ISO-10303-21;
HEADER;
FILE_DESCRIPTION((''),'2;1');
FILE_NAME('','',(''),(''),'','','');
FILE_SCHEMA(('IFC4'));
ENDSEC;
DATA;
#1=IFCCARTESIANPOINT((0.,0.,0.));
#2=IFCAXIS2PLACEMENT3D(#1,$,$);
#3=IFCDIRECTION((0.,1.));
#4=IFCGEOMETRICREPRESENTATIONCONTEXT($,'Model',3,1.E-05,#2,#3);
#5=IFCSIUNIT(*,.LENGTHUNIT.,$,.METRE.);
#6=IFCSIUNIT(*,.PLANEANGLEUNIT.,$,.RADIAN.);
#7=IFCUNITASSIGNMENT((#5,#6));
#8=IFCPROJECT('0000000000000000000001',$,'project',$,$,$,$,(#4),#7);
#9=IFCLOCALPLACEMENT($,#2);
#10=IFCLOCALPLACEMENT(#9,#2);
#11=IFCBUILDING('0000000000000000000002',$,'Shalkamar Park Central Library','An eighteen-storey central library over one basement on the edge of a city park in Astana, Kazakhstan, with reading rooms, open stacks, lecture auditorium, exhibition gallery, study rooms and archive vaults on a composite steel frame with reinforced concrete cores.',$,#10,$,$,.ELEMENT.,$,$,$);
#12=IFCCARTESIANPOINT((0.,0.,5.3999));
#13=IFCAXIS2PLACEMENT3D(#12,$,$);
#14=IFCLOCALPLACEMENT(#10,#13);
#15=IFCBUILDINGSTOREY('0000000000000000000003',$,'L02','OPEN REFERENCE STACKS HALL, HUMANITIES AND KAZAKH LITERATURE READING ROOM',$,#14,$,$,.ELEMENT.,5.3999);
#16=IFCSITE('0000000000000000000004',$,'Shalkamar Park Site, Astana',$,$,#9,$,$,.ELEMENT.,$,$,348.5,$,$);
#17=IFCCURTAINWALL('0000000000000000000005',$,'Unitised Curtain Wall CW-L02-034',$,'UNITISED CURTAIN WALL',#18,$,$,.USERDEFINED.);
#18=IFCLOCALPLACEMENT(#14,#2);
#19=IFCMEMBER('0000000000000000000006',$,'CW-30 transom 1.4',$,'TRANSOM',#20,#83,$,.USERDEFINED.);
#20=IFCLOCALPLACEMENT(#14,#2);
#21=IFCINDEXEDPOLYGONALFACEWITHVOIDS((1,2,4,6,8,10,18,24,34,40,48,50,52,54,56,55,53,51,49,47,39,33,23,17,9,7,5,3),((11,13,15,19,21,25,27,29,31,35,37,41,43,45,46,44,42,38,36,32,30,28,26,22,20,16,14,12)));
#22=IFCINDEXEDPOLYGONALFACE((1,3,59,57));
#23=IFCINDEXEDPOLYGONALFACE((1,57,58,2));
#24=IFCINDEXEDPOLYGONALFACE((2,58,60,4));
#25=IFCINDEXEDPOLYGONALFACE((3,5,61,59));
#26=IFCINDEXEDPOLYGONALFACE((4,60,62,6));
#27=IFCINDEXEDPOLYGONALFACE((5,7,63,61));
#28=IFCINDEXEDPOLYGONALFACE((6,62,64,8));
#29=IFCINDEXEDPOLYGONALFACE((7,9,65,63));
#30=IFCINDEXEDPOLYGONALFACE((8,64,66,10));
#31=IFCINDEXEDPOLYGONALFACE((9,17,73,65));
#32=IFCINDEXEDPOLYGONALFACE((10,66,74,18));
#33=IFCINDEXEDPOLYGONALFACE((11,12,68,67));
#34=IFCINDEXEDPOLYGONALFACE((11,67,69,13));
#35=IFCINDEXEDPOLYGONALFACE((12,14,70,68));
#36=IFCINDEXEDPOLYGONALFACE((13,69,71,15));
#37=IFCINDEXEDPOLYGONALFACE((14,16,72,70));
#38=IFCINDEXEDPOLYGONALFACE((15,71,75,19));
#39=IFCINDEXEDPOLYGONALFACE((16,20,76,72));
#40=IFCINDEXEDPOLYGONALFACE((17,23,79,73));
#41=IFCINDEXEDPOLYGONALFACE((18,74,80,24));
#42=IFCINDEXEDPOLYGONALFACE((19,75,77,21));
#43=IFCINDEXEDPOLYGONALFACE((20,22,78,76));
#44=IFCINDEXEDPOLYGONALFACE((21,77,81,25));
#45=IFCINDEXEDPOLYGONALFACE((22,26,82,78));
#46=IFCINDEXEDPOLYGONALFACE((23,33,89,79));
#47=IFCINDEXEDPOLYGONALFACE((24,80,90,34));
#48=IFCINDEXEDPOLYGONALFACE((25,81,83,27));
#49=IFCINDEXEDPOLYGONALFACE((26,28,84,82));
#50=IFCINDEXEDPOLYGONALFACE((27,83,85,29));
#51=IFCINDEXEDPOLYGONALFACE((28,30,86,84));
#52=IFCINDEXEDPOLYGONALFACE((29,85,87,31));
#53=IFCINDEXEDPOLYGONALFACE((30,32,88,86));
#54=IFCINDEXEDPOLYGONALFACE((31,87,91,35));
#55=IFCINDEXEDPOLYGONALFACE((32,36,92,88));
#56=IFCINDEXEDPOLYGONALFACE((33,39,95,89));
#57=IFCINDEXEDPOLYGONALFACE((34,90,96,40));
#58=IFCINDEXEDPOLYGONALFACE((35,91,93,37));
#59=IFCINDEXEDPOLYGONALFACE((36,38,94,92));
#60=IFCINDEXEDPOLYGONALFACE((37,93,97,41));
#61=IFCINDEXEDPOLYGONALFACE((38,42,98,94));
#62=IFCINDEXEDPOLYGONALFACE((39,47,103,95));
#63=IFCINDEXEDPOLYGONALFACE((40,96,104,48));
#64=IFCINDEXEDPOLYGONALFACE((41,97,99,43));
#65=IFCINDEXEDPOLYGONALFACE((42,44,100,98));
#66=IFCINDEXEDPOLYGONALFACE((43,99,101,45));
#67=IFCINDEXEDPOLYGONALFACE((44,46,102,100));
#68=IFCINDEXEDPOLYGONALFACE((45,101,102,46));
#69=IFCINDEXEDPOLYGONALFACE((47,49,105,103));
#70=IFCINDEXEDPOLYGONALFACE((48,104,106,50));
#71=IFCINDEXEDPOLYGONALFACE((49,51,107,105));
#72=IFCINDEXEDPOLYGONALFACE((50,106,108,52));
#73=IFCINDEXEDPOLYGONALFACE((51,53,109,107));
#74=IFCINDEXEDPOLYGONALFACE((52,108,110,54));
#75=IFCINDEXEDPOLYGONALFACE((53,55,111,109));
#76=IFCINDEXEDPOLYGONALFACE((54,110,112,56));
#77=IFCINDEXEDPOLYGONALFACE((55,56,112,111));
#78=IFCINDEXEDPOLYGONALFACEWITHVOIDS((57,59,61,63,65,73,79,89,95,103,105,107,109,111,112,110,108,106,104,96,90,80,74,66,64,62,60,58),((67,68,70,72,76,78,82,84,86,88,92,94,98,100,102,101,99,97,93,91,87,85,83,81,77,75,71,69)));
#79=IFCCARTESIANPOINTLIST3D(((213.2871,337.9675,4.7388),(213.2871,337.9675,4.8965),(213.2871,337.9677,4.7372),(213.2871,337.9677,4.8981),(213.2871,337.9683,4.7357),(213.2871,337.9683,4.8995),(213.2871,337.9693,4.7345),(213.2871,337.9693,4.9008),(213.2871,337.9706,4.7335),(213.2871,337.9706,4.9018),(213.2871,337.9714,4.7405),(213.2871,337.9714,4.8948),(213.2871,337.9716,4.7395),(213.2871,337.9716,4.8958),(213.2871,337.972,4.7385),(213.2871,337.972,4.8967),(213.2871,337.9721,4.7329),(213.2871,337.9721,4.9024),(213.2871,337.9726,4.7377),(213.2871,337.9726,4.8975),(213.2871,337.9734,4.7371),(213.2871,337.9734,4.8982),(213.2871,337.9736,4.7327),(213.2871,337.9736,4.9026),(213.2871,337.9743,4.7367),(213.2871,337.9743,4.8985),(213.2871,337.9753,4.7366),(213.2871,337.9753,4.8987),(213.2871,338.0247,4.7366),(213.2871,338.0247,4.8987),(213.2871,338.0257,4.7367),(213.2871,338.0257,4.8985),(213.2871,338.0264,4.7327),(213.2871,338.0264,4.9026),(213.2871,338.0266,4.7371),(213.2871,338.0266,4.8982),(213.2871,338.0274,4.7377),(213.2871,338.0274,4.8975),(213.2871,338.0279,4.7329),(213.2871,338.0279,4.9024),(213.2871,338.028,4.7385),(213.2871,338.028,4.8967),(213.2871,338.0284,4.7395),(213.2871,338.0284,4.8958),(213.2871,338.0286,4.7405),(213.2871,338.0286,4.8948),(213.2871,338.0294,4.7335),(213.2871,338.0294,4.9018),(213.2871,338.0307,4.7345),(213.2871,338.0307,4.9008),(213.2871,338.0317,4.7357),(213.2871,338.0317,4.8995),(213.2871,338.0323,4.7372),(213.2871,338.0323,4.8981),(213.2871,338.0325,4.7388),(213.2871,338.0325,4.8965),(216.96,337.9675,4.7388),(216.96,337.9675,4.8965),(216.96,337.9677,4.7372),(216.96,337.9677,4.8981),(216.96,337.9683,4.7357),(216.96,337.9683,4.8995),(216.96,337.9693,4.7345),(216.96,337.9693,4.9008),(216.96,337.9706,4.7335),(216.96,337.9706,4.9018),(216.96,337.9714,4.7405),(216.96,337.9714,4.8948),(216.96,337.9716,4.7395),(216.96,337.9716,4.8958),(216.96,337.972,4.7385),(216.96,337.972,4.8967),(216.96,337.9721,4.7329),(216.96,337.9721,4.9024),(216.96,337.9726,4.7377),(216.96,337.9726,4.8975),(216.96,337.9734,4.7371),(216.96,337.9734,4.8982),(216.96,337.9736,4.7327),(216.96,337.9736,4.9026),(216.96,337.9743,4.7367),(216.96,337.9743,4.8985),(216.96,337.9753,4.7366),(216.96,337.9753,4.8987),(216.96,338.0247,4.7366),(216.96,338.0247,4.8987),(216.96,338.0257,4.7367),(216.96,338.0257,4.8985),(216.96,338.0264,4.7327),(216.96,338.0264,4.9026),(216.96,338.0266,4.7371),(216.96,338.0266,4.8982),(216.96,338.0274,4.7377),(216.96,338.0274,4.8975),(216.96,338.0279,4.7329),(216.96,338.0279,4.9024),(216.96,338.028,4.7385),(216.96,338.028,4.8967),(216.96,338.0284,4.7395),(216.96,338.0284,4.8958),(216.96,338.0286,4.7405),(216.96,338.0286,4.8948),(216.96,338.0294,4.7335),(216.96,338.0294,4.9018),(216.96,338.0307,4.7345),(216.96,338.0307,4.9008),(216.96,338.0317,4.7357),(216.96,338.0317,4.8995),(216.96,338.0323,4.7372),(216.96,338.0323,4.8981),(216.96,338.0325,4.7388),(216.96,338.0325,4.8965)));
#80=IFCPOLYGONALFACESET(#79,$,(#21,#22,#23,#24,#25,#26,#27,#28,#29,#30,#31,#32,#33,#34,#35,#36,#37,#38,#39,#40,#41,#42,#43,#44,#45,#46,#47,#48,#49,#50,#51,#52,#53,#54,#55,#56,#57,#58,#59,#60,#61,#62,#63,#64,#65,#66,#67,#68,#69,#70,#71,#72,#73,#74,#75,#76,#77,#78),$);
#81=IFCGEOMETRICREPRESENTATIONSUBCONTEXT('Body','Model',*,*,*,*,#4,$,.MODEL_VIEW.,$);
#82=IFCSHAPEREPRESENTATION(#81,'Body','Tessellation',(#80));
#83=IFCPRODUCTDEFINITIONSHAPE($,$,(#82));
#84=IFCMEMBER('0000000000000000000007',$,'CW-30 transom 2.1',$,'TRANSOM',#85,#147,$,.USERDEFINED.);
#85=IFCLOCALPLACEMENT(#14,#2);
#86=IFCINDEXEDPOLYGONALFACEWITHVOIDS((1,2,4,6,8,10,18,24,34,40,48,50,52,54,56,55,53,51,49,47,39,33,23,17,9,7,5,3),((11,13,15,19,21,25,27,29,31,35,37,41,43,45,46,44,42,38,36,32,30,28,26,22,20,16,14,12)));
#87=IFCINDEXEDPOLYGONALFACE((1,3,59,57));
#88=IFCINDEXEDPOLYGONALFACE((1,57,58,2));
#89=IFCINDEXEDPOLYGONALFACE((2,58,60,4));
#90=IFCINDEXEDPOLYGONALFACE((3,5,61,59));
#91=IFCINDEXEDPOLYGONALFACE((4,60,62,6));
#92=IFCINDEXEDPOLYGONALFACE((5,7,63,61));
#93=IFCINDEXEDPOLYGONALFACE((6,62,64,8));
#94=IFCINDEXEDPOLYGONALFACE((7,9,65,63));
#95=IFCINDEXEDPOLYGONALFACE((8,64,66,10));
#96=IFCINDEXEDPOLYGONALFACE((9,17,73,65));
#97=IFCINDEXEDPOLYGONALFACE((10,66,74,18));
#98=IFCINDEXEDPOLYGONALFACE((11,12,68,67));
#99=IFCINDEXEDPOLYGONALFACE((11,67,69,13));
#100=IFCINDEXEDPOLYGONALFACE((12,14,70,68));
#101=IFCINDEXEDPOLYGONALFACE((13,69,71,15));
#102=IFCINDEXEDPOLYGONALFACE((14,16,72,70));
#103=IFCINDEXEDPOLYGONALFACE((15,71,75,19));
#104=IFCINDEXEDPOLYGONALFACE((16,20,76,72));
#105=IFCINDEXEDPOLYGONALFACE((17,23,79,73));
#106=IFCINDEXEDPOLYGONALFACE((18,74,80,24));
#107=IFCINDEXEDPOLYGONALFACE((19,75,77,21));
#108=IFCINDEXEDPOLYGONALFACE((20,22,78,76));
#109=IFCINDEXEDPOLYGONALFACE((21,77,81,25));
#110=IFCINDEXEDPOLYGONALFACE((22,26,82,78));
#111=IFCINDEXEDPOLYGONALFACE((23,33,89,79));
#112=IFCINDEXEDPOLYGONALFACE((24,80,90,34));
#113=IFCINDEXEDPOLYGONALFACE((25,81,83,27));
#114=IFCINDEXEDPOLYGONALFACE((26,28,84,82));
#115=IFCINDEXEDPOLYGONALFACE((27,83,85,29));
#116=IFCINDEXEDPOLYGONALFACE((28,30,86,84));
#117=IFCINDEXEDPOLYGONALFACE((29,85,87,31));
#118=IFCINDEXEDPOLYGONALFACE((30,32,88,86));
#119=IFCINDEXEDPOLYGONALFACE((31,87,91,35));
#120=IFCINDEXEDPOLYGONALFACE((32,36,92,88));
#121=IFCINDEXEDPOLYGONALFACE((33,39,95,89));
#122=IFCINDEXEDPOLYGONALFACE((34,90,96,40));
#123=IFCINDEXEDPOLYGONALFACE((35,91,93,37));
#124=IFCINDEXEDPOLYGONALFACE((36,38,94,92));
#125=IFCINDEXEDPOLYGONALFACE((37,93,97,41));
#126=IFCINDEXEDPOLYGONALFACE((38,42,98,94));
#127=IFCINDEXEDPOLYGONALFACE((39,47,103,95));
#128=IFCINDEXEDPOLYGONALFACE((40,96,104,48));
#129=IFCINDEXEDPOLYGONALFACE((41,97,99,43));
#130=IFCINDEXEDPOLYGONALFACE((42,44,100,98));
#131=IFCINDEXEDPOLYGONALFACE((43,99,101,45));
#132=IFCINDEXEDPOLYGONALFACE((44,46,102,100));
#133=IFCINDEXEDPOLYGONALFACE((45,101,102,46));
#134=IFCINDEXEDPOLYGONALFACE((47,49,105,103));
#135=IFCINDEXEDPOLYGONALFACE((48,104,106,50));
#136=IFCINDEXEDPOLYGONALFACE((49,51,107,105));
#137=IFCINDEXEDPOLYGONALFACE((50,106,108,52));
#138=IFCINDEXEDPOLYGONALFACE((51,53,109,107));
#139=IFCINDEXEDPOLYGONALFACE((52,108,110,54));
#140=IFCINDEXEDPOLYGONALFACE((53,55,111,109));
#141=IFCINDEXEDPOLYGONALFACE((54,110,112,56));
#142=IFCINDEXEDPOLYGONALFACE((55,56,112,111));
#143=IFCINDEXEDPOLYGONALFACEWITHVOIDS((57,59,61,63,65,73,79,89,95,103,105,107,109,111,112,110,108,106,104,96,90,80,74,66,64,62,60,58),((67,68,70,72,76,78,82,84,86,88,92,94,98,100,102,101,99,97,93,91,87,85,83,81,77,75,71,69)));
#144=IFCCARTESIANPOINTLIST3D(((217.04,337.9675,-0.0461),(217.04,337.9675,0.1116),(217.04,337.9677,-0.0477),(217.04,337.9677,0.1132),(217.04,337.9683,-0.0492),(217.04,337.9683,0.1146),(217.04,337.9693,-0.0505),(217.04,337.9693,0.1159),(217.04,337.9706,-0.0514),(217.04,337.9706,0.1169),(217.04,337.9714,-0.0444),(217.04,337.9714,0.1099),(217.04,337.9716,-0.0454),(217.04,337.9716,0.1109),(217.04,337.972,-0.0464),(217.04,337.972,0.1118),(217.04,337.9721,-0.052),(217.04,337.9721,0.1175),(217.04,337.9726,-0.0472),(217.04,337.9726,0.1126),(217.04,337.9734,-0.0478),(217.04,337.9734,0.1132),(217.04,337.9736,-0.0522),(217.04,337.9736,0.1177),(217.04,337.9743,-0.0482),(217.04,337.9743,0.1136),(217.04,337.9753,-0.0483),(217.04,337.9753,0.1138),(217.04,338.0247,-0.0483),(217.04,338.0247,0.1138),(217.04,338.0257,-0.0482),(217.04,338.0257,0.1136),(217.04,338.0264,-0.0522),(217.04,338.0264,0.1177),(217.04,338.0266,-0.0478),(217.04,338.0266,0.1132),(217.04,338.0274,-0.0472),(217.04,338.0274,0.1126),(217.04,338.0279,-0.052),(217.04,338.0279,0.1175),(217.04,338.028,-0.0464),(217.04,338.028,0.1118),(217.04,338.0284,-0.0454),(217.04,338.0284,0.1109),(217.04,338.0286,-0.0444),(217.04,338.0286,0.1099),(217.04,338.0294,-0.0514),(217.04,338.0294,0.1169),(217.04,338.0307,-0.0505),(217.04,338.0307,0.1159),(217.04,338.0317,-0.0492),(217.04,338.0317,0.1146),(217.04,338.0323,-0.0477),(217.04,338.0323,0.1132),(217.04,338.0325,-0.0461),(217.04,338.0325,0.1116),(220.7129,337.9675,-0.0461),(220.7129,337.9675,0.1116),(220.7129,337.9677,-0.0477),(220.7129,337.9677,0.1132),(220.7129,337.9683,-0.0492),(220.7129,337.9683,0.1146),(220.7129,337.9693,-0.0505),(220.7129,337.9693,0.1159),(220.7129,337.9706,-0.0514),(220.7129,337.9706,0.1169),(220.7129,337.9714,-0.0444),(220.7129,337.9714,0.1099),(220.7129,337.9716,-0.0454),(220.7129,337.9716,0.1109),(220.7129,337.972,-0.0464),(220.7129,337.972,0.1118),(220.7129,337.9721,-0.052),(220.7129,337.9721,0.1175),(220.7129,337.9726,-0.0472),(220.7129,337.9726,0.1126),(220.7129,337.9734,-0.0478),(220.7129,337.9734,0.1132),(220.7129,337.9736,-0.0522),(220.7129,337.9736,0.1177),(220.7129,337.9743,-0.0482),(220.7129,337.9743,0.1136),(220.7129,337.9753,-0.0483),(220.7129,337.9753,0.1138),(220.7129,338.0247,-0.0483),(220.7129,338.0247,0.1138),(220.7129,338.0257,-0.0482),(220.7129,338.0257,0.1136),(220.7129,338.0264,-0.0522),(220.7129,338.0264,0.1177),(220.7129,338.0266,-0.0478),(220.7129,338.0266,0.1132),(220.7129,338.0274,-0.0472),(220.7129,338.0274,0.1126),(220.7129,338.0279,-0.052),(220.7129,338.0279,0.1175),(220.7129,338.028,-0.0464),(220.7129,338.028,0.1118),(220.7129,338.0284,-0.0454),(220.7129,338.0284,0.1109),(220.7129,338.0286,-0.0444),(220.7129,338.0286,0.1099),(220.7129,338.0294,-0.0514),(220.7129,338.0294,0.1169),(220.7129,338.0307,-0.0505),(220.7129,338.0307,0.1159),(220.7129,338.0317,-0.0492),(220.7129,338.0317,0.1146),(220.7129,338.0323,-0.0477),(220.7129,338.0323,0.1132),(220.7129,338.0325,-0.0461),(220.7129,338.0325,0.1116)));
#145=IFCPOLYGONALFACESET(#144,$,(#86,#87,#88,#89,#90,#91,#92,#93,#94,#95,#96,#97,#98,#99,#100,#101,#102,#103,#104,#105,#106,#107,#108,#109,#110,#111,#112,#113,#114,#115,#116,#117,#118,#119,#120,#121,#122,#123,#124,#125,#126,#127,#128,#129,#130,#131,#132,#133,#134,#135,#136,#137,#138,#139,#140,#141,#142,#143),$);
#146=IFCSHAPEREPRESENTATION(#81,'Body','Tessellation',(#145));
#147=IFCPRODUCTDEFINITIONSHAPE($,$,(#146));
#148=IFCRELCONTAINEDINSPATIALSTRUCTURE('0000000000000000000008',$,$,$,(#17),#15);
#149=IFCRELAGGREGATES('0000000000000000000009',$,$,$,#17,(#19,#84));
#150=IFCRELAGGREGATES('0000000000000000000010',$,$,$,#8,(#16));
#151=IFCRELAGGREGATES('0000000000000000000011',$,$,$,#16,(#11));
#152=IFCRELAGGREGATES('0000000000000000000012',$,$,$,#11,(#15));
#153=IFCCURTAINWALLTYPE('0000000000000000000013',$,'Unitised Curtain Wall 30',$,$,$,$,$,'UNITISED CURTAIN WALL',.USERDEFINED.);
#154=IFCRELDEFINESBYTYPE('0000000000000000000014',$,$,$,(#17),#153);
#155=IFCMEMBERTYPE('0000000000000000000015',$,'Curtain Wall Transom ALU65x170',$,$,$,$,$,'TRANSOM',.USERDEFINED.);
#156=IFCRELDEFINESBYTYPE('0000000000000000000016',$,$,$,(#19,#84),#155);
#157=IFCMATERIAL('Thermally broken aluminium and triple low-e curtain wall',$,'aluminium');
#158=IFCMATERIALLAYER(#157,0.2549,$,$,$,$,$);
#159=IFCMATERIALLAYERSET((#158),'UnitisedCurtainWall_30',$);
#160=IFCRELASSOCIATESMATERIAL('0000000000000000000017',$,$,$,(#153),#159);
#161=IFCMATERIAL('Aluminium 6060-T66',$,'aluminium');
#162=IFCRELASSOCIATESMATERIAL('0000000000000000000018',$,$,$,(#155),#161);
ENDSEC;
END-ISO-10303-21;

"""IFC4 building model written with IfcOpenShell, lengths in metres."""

from ifc_helpers import new_model, si_unit, direction, frame, origin, origin_2d, place, context, subcontext, project, spatial, hollow_rectangle, extrude, material, layer, layer_set, material_profile, profile_set, type_object, element, aggregate, save


model = new_model("IFC4")

# Units and contexts
model_context = context("Model", 3, precision=1e-05, world=origin(), true_north=direction((0.0, 1.0)))
body_context = subcontext(model_context, "Body", "Model", "MODEL_VIEW")
ifc_project = project(units=[si_unit("LENGTHUNIT", "METRE"), si_unit("PLANEANGLEUNIT", "RADIAN")], contexts=[model_context])

# Site, building, storey
site_placement = place(None, origin())
site = spatial("IfcSite", under=ifc_project, at=site_placement, Name="Shalkamar Park Site, Astana", CompositionType="ELEMENT", RefElevation=348.5)
building_placement = place(site_placement, origin())
building = spatial("IfcBuilding", under=site, at=building_placement, Name="Shalkamar Park Central Library", Description="An eighteen-storey central library over one basement on the edge of a city park in Astana, Kazakhstan, with reading rooms, open stacks, lecture auditorium, exhibition gallery, study rooms and archive vaults on a composite steel frame with reinforced concrete cores.", CompositionType="ELEMENT")
storey_placement = place(building_placement, frame((0.0, 0.0, 5.3999)))
storey = spatial("IfcBuildingStorey", under=building, at=storey_placement, Name="L02", Description="OPEN REFERENCE STACKS HALL, HUMANITIES AND KAZAKH LITERATURE READING ROOM", CompositionType="ELEMENT", Elevation=5.3999)

# Shared definitions
ifc_material_1 = material(Name="Thermally broken aluminium and triple low-e curtain wall", Category="aluminium")
ifc_material_2 = material(Name="Aluminium 6060-T66", Category="aluminium")

# Curtain wall
ifc_layer_1 = layer(ifc_material_1, 0.2549)
ifc_layer_set_1 = layer_set([ifc_layer_1], Name="UnitisedCurtainWall_30")
curtain_wall_type_1 = type_object("IfcCurtainWallType", Name="Unitised Curtain Wall 30", ElementType="UNITISED CURTAIN WALL", PredefinedType="USERDEFINED", material=ifc_layer_set_1)
curtain_wall_1_placement = place(storey_placement, origin())
curtain_wall_1 = element("IfcCurtainWall", 1, at=curtain_wall_1_placement, inside=storey, type_object=curtain_wall_type_1, Name="Unitised Curtain Wall CW-L02-034", ObjectType="UNITISED CURTAIN WALL", PredefinedType="USERDEFINED")

# Members
ifc_material_profile_1 = material_profile(ifc_material_2, hollow_rectangle(XDim=0.0649, YDim=0.1699, WallThickness=0.0039, InnerFilletRadius=0.0039, OuterFilletRadius=0.0061, at=origin_2d()), Name="ALU 65x170x4")
ifc_profile_set_1 = profile_set([ifc_material_profile_1], Name="Aluminium 6060-T66")
member_type_1 = type_object("IfcMemberType", Name="Curtain Wall Transom ALU65x170", ElementType="TRANSOM", PredefinedType="USERDEFINED", material=ifc_profile_set_1)
member_1_placement = place(storey_placement, frame((213.2871, 338.0, 4.8176), z_axis=(1.0, 0.0, 0.0), x_axis=(0.0, 1.0, 0.0)))
member_1 = element("IfcMember", 2, at=member_1_placement, type_object=member_type_1, Name="CW-30 transom 1.4", ObjectType="TRANSOM", PredefinedType="USERDEFINED", context=body_context, shape_type="SweptSolid", body=[
    extrude(hollow_rectangle(XDim=0.0649, YDim=0.1699, WallThickness=0.0039, InnerFilletRadius=0.0039, OuterFilletRadius=0.0061, at=origin_2d()), origin(), (0.0, 0.0, 1.0), 3.6729),
])
member_2_placement = place(storey_placement, frame((217.04, 338.0, 0.0327), z_axis=(1.0, 0.0, 0.0), x_axis=(0.0, 1.0, 0.0)))
member_2 = element("IfcMember", 3, at=member_2_placement, type_object=member_type_1, Name="CW-30 transom 2.1", ObjectType="TRANSOM", PredefinedType="USERDEFINED", context=body_context, shape_type="SweptSolid", body=[
    extrude(hollow_rectangle(XDim=0.0649, YDim=0.1699, WallThickness=0.0039, InnerFilletRadius=0.0039, OuterFilletRadius=0.0061, at=origin_2d()), origin(), (0.0, 0.0, 1.0), 3.6729),
])

aggregate(curtain_wall_1, [member_1, member_2])

save(model, "model.ifc")
